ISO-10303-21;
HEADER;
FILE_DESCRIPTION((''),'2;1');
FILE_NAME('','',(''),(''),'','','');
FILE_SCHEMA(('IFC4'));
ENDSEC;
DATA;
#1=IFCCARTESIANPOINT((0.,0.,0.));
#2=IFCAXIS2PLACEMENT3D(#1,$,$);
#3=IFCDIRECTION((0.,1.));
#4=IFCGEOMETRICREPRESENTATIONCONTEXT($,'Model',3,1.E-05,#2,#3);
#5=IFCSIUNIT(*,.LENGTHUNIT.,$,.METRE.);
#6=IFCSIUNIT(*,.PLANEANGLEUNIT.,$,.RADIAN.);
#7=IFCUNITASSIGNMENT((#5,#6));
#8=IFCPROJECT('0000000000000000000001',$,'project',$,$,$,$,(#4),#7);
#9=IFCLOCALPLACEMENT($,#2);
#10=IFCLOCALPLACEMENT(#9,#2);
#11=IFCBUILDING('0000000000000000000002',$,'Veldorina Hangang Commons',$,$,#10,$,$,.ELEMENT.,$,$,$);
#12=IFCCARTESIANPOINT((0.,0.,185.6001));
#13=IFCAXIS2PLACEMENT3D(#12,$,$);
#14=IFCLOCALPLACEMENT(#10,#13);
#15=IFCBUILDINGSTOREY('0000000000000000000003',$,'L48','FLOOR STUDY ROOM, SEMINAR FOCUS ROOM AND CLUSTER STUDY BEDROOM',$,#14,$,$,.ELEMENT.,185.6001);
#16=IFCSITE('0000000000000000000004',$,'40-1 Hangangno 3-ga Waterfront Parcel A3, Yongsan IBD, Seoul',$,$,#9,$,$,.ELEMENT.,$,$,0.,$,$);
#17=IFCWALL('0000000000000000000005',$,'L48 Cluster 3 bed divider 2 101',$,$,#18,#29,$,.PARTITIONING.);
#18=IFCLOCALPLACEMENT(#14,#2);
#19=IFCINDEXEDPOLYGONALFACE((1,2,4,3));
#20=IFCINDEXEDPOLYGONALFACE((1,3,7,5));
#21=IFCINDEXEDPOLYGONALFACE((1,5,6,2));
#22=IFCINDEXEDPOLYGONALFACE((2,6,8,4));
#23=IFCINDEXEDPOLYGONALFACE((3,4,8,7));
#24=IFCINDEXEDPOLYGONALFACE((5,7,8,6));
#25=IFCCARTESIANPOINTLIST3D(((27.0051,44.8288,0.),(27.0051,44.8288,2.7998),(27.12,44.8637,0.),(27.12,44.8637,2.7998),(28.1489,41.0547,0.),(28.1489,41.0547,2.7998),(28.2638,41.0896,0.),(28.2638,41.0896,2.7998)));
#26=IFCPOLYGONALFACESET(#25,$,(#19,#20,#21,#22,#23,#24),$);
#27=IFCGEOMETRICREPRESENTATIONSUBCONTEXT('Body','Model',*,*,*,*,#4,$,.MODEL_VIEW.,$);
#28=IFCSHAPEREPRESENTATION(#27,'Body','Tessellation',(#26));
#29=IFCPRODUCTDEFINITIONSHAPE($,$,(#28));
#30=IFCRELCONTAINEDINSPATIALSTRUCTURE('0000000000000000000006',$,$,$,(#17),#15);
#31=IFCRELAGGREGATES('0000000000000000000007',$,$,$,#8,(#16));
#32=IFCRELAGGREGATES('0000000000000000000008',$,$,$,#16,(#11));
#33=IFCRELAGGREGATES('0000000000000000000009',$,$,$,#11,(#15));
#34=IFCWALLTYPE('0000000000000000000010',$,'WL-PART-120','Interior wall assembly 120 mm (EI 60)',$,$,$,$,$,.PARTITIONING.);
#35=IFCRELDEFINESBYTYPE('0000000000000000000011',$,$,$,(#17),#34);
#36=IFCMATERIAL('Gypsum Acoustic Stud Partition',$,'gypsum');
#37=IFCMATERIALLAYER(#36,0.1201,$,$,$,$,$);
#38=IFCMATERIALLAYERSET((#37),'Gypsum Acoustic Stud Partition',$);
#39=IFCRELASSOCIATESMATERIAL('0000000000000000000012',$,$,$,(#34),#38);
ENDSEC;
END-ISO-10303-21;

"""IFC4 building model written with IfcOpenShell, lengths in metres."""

from ifc_helpers import new_model, si_unit, direction, frame, frame_2d, origin, place, context, subcontext, project, spatial, rectangle, extrude, material, layer, layer_set, type_object, element, save


model = new_model("IFC4")

# Units and contexts
model_context = context("Model", 3, precision=1e-05, world=origin(), true_north=direction((0.0, 1.0)))
body_context = subcontext(model_context, "Body", "Model", "MODEL_VIEW")
ifc_project = project(units=[si_unit("LENGTHUNIT", "METRE"), si_unit("PLANEANGLEUNIT", "RADIAN")], contexts=[model_context])

# Site, building, storey
site_placement = place(None, origin())
site = spatial("IfcSite", under=ifc_project, at=site_placement, Name="40-1 Hangangno 3-ga Waterfront Parcel A3, Yongsan IBD, Seoul", CompositionType="ELEMENT", RefElevation=0.0)
building_placement = place(site_placement, origin())
building = spatial("IfcBuilding", under=site, at=building_placement, Name="Veldorina Hangang Commons", CompositionType="ELEMENT")
storey_placement = place(building_placement, frame((0.0, 0.0, 185.6001)))
storey = spatial("IfcBuildingStorey", under=building, at=storey_placement, Name="L48", Description="FLOOR STUDY ROOM, SEMINAR FOCUS ROOM AND CLUSTER STUDY BEDROOM", CompositionType="ELEMENT", Elevation=185.6001)

# Shared definitions
ifc_material_1 = material(Name="Gypsum Acoustic Stud Partition", Category="gypsum")
ifc_layer_1 = layer(ifc_material_1, 0.1201)
ifc_layer_set_1 = layer_set([ifc_layer_1], Name="Gypsum Acoustic Stud Partition")
wall_type_1 = type_object("IfcWallType", Name="WL-PART-120", Description="Interior wall assembly 120 mm (EI 60)", PredefinedType="PARTITIONING", material=ifc_layer_set_1)

# Wall
wall_1_placement = place(storey_placement, frame((28.2063, 41.0723, 0.0), z_axis=(0.0, 0.0, 1.0), x_axis=(-0.290033, 0.957017, 0.0)))
element("IfcWall", 1, at=wall_1_placement, inside=storey, type_object=wall_type_1, Name="L48 Cluster 3 bed divider 2 101", PredefinedType="PARTITIONING", context=body_context, shape_type="SweptSolid", body=[
    extrude(rectangle(XDim=3.9436, YDim=0.1201, at=frame_2d((1.9717, 0.0))), origin(), (0.0, 0.0, 1.0), 2.7998),
])

save(model, "model.ifc")
